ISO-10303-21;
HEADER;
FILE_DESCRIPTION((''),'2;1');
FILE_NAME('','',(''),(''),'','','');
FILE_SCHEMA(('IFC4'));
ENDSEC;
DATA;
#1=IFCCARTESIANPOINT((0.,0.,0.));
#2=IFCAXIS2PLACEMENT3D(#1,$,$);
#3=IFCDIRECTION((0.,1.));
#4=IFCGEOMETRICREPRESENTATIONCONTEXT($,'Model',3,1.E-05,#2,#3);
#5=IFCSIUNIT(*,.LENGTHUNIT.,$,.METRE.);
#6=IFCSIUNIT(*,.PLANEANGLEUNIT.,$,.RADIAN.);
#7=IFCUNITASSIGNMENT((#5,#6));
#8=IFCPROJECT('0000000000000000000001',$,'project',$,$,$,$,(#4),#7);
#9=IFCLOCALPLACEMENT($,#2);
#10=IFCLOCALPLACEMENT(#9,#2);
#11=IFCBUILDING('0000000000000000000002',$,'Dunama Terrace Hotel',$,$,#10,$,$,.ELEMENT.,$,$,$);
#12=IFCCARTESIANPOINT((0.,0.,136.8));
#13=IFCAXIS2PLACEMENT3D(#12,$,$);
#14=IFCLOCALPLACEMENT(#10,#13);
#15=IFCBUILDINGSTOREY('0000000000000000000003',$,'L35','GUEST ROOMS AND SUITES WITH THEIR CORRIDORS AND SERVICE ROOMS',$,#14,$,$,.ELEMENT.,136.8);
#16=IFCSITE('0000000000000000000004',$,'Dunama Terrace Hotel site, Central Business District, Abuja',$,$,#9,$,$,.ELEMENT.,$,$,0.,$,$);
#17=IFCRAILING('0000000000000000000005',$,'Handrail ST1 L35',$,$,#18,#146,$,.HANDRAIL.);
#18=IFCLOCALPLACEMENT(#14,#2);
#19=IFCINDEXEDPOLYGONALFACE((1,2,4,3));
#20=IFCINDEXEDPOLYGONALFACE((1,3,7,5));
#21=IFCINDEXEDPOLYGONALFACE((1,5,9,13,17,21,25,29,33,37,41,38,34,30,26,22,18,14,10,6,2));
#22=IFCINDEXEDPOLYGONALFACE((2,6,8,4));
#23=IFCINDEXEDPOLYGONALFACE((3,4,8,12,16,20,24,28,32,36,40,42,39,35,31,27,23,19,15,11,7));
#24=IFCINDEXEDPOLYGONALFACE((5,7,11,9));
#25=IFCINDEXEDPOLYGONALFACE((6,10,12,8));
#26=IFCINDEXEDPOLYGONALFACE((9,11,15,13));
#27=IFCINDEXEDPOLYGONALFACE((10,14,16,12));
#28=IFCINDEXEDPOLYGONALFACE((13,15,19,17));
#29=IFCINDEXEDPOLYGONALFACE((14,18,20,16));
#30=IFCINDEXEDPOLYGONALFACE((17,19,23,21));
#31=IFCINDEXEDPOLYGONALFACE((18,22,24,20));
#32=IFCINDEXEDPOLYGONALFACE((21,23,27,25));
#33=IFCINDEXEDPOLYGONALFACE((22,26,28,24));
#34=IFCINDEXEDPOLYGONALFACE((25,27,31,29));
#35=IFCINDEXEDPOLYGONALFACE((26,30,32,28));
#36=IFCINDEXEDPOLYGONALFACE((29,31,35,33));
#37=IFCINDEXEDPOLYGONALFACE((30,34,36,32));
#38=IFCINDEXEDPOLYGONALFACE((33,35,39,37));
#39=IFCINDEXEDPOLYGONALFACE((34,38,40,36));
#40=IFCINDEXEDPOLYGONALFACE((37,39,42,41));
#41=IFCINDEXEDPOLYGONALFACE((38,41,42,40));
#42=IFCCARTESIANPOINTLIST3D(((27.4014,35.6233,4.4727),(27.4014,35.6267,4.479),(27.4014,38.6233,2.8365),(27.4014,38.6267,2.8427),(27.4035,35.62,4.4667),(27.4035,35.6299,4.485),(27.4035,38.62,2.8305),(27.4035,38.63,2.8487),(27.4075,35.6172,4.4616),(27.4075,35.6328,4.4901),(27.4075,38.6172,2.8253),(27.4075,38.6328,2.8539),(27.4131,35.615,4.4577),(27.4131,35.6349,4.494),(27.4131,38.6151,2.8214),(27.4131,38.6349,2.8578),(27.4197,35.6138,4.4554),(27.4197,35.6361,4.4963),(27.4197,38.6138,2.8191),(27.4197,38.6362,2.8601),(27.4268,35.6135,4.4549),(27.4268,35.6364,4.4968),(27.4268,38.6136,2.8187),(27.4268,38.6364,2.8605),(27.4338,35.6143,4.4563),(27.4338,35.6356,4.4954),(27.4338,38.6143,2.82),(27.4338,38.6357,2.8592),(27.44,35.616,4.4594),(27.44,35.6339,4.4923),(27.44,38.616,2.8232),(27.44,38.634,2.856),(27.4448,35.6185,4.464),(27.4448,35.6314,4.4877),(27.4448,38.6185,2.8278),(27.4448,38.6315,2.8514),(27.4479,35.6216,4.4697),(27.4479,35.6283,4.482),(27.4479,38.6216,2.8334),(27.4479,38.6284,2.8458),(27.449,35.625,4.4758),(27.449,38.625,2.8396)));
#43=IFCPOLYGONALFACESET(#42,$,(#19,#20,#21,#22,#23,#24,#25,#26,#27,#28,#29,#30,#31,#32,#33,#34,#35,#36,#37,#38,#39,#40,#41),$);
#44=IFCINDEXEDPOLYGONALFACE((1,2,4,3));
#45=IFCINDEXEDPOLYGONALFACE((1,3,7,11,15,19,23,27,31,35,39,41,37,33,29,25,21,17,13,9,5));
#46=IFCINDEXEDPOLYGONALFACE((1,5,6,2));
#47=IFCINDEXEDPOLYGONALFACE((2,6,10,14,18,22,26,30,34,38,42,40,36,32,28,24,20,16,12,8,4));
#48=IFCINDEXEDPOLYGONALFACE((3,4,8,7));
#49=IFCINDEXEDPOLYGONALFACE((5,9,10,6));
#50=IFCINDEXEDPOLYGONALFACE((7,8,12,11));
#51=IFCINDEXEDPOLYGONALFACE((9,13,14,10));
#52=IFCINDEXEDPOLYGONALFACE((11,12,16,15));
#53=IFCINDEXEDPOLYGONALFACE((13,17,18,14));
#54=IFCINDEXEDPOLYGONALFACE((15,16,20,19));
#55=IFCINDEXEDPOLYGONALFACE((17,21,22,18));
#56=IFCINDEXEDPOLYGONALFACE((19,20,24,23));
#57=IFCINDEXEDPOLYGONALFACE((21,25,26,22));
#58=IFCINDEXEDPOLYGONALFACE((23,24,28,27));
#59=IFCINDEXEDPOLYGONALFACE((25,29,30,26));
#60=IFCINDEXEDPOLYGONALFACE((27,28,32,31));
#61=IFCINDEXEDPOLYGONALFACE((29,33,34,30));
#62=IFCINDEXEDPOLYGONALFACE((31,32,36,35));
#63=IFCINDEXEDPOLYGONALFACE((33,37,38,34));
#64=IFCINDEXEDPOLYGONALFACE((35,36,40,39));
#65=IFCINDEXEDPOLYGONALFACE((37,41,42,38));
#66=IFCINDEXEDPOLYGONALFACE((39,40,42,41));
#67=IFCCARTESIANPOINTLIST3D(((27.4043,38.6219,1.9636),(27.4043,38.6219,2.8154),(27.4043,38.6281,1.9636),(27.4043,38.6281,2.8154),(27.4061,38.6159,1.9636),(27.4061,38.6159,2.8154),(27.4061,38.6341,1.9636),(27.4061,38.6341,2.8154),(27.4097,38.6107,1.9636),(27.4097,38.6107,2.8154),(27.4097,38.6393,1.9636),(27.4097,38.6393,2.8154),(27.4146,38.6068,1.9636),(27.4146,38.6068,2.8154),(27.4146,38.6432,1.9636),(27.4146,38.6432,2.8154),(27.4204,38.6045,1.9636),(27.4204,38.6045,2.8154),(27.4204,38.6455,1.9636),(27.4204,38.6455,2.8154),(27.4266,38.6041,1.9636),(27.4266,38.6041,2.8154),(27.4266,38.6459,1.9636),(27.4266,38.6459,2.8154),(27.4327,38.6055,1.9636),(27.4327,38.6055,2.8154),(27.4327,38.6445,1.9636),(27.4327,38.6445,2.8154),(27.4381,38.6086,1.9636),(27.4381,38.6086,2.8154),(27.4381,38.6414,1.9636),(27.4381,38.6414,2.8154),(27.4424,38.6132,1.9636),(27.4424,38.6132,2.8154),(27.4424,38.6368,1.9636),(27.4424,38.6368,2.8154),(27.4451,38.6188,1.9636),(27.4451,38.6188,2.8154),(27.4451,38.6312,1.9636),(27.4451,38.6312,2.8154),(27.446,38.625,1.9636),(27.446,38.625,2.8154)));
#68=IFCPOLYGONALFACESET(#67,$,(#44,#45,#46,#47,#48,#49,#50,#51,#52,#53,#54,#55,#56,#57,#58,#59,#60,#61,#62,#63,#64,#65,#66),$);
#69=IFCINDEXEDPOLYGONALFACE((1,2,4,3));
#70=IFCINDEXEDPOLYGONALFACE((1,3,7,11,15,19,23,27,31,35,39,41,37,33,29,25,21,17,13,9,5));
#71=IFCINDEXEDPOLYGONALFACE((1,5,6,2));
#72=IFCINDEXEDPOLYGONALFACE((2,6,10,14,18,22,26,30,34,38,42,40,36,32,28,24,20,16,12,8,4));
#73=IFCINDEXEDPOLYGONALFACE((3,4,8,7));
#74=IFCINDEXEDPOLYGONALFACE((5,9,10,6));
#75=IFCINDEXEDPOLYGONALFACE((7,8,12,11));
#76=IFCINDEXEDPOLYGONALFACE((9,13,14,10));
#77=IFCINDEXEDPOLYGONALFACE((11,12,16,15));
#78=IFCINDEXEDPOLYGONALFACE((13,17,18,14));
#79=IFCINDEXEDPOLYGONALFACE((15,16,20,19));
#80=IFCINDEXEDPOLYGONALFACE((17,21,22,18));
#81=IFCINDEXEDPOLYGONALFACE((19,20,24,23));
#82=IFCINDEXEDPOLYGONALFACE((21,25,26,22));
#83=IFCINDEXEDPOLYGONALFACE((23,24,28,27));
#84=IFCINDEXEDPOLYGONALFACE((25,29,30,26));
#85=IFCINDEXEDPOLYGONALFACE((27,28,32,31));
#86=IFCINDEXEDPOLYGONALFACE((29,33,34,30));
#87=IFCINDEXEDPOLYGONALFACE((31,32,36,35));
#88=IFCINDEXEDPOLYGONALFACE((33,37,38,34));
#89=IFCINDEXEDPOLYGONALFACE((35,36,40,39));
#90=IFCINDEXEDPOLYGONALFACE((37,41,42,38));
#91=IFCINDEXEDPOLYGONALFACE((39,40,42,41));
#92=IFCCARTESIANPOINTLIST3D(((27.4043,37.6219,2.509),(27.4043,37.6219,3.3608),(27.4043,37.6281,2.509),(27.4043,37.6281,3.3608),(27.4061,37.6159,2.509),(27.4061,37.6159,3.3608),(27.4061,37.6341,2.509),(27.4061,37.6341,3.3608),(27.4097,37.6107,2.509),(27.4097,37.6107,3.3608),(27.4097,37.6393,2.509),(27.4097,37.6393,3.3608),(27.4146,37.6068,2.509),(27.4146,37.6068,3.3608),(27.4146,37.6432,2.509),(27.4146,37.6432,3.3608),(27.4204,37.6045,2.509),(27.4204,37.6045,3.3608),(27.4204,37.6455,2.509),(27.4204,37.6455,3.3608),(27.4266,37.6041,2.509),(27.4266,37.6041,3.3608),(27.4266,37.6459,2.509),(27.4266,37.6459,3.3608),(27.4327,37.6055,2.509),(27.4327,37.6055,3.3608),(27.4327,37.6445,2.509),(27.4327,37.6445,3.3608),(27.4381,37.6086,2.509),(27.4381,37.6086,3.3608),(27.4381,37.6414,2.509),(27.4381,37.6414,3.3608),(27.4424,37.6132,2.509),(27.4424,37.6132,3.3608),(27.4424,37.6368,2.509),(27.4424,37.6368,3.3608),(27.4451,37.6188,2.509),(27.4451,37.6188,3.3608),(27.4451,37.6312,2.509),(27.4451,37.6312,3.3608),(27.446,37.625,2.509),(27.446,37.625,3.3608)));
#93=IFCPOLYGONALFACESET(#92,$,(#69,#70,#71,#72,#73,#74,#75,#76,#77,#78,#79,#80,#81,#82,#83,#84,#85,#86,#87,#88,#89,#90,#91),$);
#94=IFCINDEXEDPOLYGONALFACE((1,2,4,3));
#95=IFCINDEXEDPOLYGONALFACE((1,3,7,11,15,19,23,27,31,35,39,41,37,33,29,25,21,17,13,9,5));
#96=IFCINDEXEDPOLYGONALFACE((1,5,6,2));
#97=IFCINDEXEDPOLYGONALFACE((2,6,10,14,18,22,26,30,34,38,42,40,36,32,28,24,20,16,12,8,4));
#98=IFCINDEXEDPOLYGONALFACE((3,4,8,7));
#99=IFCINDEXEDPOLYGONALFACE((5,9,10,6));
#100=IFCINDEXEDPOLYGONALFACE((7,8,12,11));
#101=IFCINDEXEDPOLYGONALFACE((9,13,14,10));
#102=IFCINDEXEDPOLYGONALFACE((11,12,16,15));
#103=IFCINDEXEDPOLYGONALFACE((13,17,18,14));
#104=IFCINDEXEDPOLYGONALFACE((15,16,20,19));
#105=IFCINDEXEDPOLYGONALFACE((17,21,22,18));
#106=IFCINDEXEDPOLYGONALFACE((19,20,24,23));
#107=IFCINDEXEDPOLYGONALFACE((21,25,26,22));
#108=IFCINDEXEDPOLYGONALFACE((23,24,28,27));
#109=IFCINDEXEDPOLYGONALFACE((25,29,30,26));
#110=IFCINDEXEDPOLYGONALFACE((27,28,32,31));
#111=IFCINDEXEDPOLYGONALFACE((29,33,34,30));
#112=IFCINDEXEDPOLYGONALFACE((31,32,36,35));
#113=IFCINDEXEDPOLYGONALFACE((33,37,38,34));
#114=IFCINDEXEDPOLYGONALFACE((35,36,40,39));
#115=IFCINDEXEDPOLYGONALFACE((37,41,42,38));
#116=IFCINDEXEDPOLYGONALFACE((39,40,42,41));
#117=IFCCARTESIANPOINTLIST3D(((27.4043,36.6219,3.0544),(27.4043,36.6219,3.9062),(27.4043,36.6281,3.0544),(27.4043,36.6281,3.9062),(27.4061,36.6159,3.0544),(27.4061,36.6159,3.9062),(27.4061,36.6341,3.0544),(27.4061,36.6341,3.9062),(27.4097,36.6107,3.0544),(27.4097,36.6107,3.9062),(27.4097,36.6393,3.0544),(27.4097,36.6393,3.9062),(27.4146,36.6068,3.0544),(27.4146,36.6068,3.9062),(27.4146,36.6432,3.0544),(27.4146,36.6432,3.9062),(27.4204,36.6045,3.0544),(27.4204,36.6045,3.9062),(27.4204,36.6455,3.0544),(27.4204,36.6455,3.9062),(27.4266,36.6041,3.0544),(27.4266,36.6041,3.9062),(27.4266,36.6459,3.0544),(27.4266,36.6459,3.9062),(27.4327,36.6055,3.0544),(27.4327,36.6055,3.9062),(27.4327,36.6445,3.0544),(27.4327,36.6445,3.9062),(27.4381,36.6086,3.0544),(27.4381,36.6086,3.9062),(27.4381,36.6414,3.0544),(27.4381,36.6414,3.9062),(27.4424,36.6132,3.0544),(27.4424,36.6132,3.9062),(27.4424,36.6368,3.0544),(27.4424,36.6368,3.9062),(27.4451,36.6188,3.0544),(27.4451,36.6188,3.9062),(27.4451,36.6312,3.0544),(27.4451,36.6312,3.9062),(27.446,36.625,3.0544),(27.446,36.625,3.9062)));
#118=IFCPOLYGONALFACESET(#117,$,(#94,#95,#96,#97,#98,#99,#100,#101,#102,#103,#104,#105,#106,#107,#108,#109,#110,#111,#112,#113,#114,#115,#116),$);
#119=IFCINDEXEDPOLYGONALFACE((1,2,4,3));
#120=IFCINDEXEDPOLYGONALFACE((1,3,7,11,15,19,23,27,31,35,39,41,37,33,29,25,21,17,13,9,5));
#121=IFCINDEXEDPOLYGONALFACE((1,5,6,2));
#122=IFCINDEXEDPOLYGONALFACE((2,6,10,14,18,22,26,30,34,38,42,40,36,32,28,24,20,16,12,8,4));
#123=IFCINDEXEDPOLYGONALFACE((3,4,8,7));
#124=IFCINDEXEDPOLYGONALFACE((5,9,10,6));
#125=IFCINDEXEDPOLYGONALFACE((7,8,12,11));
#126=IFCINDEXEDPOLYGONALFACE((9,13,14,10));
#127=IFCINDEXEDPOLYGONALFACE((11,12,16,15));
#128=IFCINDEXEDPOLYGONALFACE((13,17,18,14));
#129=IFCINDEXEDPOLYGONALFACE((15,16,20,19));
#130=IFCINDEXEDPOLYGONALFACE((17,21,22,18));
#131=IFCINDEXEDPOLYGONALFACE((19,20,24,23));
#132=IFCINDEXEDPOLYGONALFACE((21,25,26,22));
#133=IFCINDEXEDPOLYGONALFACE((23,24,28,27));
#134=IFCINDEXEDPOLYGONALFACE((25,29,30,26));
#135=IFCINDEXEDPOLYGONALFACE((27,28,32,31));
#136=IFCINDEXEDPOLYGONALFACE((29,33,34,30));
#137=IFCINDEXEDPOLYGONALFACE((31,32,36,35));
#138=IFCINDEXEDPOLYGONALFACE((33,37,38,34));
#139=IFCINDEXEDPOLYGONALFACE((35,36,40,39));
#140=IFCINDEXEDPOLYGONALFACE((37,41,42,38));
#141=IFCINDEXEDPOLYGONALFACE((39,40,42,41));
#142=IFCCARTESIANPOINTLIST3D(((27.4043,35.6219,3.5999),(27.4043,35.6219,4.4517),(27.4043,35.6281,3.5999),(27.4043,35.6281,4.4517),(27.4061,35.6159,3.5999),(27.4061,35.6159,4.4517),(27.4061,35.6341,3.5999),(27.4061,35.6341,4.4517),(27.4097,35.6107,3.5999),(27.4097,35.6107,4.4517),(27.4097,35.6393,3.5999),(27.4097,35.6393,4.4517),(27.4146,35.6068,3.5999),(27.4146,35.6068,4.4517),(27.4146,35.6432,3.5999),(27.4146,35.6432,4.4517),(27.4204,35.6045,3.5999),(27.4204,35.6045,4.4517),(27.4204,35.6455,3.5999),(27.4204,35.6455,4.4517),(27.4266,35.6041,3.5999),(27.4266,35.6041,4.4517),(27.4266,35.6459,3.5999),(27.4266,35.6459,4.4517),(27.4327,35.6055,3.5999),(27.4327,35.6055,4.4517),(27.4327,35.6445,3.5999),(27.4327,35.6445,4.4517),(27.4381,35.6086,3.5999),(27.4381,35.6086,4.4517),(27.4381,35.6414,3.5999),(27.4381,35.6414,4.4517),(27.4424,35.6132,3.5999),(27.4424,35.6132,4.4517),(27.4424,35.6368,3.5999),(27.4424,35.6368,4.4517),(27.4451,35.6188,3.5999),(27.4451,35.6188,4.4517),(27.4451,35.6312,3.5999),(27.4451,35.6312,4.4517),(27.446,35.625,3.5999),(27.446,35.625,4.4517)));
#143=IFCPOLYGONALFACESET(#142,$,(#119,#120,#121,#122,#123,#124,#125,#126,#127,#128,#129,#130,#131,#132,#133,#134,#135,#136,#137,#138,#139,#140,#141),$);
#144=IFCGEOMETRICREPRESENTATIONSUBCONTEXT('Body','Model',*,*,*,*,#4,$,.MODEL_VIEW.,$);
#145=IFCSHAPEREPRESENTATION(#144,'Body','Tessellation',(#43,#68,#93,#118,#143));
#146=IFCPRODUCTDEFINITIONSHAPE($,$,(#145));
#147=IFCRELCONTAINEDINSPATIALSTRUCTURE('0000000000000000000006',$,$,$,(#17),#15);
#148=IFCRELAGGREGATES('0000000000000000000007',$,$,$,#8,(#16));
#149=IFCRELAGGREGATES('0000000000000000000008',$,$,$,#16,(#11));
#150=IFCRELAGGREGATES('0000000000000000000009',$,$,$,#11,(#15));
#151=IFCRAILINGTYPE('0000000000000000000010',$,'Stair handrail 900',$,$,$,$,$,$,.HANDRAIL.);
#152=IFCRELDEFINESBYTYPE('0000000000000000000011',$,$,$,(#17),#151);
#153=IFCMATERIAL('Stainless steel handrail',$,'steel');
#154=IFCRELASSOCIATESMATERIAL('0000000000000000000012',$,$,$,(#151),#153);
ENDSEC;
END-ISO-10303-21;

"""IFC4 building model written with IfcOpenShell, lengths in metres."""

from ifc_helpers import new_model, si_unit, direction, frame, origin, origin_2d, place, context, subcontext, project, spatial, circle, extrude, material, type_object, element, save


model = new_model("IFC4")

# Units and contexts
model_context = context("Model", 3, precision=1e-05, world=origin(), true_north=direction((0.0, 1.0)))
body_context = subcontext(model_context, "Body", "Model", "MODEL_VIEW")
ifc_project = project(units=[si_unit("LENGTHUNIT", "METRE"), si_unit("PLANEANGLEUNIT", "RADIAN")], contexts=[model_context])

# Site, building, storey
site_placement = place(None, origin())
site = spatial("IfcSite", under=ifc_project, at=site_placement, Name="Dunama Terrace Hotel site, Central Business District, Abuja", CompositionType="ELEMENT", RefElevation=0.0)
building_placement = place(site_placement, origin())
building = spatial("IfcBuilding", under=site, at=building_placement, Name="Dunama Terrace Hotel", CompositionType="ELEMENT")
storey_placement = place(building_placement, frame((0.0, 0.0, 136.8)))
storey = spatial("IfcBuildingStorey", under=building, at=storey_placement, Name="L35", Description="GUEST ROOMS AND SUITES WITH THEIR CORRIDORS AND SERVICE ROOMS", CompositionType="ELEMENT", Elevation=136.8)

# Railing
ifc_material_1 = material(Name="Stainless steel handrail", Category="steel")
railing_type = type_object("IfcRailingType", Name="Stair handrail 900", PredefinedType="HANDRAIL", material=ifc_material_1)
railing_1_placement = place(storey_placement, frame((27.425, 38.625, 1.9636)))
element("IfcRailing", 1, at=railing_1_placement, inside=storey, type_object=railing_type, Name="Handrail ST1 L35", PredefinedType="HANDRAIL", context=body_context, shape_type="SweptSolid", body=[
    extrude(circle(Radius=0.0239, at=origin_2d()), frame((0.0, 0.0, 0.876), z_axis=(0.0, -0.877912, 0.478822), x_axis=(1.0, 0.0, 0.0)), (0.0, 0.0, 1.0), 3.4172),
    extrude(circle(Radius=0.021, at=origin_2d()), origin(), (0.0, 0.0, 1.0), 0.8518),
    extrude(circle(Radius=0.021, at=origin_2d()), frame((0.0, -1.0, 0.5454)), (0.0, 0.0, 1.0), 0.8518),
    extrude(circle(Radius=0.021, at=origin_2d()), frame((0.0, -2.0, 1.0908)), (0.0, 0.0, 1.0), 0.8518),
    extrude(circle(Radius=0.021, at=origin_2d()), frame((0.0, -3.0, 1.6362)), (0.0, 0.0, 1.0), 0.8518),
])

save(model, "model.ifc")
